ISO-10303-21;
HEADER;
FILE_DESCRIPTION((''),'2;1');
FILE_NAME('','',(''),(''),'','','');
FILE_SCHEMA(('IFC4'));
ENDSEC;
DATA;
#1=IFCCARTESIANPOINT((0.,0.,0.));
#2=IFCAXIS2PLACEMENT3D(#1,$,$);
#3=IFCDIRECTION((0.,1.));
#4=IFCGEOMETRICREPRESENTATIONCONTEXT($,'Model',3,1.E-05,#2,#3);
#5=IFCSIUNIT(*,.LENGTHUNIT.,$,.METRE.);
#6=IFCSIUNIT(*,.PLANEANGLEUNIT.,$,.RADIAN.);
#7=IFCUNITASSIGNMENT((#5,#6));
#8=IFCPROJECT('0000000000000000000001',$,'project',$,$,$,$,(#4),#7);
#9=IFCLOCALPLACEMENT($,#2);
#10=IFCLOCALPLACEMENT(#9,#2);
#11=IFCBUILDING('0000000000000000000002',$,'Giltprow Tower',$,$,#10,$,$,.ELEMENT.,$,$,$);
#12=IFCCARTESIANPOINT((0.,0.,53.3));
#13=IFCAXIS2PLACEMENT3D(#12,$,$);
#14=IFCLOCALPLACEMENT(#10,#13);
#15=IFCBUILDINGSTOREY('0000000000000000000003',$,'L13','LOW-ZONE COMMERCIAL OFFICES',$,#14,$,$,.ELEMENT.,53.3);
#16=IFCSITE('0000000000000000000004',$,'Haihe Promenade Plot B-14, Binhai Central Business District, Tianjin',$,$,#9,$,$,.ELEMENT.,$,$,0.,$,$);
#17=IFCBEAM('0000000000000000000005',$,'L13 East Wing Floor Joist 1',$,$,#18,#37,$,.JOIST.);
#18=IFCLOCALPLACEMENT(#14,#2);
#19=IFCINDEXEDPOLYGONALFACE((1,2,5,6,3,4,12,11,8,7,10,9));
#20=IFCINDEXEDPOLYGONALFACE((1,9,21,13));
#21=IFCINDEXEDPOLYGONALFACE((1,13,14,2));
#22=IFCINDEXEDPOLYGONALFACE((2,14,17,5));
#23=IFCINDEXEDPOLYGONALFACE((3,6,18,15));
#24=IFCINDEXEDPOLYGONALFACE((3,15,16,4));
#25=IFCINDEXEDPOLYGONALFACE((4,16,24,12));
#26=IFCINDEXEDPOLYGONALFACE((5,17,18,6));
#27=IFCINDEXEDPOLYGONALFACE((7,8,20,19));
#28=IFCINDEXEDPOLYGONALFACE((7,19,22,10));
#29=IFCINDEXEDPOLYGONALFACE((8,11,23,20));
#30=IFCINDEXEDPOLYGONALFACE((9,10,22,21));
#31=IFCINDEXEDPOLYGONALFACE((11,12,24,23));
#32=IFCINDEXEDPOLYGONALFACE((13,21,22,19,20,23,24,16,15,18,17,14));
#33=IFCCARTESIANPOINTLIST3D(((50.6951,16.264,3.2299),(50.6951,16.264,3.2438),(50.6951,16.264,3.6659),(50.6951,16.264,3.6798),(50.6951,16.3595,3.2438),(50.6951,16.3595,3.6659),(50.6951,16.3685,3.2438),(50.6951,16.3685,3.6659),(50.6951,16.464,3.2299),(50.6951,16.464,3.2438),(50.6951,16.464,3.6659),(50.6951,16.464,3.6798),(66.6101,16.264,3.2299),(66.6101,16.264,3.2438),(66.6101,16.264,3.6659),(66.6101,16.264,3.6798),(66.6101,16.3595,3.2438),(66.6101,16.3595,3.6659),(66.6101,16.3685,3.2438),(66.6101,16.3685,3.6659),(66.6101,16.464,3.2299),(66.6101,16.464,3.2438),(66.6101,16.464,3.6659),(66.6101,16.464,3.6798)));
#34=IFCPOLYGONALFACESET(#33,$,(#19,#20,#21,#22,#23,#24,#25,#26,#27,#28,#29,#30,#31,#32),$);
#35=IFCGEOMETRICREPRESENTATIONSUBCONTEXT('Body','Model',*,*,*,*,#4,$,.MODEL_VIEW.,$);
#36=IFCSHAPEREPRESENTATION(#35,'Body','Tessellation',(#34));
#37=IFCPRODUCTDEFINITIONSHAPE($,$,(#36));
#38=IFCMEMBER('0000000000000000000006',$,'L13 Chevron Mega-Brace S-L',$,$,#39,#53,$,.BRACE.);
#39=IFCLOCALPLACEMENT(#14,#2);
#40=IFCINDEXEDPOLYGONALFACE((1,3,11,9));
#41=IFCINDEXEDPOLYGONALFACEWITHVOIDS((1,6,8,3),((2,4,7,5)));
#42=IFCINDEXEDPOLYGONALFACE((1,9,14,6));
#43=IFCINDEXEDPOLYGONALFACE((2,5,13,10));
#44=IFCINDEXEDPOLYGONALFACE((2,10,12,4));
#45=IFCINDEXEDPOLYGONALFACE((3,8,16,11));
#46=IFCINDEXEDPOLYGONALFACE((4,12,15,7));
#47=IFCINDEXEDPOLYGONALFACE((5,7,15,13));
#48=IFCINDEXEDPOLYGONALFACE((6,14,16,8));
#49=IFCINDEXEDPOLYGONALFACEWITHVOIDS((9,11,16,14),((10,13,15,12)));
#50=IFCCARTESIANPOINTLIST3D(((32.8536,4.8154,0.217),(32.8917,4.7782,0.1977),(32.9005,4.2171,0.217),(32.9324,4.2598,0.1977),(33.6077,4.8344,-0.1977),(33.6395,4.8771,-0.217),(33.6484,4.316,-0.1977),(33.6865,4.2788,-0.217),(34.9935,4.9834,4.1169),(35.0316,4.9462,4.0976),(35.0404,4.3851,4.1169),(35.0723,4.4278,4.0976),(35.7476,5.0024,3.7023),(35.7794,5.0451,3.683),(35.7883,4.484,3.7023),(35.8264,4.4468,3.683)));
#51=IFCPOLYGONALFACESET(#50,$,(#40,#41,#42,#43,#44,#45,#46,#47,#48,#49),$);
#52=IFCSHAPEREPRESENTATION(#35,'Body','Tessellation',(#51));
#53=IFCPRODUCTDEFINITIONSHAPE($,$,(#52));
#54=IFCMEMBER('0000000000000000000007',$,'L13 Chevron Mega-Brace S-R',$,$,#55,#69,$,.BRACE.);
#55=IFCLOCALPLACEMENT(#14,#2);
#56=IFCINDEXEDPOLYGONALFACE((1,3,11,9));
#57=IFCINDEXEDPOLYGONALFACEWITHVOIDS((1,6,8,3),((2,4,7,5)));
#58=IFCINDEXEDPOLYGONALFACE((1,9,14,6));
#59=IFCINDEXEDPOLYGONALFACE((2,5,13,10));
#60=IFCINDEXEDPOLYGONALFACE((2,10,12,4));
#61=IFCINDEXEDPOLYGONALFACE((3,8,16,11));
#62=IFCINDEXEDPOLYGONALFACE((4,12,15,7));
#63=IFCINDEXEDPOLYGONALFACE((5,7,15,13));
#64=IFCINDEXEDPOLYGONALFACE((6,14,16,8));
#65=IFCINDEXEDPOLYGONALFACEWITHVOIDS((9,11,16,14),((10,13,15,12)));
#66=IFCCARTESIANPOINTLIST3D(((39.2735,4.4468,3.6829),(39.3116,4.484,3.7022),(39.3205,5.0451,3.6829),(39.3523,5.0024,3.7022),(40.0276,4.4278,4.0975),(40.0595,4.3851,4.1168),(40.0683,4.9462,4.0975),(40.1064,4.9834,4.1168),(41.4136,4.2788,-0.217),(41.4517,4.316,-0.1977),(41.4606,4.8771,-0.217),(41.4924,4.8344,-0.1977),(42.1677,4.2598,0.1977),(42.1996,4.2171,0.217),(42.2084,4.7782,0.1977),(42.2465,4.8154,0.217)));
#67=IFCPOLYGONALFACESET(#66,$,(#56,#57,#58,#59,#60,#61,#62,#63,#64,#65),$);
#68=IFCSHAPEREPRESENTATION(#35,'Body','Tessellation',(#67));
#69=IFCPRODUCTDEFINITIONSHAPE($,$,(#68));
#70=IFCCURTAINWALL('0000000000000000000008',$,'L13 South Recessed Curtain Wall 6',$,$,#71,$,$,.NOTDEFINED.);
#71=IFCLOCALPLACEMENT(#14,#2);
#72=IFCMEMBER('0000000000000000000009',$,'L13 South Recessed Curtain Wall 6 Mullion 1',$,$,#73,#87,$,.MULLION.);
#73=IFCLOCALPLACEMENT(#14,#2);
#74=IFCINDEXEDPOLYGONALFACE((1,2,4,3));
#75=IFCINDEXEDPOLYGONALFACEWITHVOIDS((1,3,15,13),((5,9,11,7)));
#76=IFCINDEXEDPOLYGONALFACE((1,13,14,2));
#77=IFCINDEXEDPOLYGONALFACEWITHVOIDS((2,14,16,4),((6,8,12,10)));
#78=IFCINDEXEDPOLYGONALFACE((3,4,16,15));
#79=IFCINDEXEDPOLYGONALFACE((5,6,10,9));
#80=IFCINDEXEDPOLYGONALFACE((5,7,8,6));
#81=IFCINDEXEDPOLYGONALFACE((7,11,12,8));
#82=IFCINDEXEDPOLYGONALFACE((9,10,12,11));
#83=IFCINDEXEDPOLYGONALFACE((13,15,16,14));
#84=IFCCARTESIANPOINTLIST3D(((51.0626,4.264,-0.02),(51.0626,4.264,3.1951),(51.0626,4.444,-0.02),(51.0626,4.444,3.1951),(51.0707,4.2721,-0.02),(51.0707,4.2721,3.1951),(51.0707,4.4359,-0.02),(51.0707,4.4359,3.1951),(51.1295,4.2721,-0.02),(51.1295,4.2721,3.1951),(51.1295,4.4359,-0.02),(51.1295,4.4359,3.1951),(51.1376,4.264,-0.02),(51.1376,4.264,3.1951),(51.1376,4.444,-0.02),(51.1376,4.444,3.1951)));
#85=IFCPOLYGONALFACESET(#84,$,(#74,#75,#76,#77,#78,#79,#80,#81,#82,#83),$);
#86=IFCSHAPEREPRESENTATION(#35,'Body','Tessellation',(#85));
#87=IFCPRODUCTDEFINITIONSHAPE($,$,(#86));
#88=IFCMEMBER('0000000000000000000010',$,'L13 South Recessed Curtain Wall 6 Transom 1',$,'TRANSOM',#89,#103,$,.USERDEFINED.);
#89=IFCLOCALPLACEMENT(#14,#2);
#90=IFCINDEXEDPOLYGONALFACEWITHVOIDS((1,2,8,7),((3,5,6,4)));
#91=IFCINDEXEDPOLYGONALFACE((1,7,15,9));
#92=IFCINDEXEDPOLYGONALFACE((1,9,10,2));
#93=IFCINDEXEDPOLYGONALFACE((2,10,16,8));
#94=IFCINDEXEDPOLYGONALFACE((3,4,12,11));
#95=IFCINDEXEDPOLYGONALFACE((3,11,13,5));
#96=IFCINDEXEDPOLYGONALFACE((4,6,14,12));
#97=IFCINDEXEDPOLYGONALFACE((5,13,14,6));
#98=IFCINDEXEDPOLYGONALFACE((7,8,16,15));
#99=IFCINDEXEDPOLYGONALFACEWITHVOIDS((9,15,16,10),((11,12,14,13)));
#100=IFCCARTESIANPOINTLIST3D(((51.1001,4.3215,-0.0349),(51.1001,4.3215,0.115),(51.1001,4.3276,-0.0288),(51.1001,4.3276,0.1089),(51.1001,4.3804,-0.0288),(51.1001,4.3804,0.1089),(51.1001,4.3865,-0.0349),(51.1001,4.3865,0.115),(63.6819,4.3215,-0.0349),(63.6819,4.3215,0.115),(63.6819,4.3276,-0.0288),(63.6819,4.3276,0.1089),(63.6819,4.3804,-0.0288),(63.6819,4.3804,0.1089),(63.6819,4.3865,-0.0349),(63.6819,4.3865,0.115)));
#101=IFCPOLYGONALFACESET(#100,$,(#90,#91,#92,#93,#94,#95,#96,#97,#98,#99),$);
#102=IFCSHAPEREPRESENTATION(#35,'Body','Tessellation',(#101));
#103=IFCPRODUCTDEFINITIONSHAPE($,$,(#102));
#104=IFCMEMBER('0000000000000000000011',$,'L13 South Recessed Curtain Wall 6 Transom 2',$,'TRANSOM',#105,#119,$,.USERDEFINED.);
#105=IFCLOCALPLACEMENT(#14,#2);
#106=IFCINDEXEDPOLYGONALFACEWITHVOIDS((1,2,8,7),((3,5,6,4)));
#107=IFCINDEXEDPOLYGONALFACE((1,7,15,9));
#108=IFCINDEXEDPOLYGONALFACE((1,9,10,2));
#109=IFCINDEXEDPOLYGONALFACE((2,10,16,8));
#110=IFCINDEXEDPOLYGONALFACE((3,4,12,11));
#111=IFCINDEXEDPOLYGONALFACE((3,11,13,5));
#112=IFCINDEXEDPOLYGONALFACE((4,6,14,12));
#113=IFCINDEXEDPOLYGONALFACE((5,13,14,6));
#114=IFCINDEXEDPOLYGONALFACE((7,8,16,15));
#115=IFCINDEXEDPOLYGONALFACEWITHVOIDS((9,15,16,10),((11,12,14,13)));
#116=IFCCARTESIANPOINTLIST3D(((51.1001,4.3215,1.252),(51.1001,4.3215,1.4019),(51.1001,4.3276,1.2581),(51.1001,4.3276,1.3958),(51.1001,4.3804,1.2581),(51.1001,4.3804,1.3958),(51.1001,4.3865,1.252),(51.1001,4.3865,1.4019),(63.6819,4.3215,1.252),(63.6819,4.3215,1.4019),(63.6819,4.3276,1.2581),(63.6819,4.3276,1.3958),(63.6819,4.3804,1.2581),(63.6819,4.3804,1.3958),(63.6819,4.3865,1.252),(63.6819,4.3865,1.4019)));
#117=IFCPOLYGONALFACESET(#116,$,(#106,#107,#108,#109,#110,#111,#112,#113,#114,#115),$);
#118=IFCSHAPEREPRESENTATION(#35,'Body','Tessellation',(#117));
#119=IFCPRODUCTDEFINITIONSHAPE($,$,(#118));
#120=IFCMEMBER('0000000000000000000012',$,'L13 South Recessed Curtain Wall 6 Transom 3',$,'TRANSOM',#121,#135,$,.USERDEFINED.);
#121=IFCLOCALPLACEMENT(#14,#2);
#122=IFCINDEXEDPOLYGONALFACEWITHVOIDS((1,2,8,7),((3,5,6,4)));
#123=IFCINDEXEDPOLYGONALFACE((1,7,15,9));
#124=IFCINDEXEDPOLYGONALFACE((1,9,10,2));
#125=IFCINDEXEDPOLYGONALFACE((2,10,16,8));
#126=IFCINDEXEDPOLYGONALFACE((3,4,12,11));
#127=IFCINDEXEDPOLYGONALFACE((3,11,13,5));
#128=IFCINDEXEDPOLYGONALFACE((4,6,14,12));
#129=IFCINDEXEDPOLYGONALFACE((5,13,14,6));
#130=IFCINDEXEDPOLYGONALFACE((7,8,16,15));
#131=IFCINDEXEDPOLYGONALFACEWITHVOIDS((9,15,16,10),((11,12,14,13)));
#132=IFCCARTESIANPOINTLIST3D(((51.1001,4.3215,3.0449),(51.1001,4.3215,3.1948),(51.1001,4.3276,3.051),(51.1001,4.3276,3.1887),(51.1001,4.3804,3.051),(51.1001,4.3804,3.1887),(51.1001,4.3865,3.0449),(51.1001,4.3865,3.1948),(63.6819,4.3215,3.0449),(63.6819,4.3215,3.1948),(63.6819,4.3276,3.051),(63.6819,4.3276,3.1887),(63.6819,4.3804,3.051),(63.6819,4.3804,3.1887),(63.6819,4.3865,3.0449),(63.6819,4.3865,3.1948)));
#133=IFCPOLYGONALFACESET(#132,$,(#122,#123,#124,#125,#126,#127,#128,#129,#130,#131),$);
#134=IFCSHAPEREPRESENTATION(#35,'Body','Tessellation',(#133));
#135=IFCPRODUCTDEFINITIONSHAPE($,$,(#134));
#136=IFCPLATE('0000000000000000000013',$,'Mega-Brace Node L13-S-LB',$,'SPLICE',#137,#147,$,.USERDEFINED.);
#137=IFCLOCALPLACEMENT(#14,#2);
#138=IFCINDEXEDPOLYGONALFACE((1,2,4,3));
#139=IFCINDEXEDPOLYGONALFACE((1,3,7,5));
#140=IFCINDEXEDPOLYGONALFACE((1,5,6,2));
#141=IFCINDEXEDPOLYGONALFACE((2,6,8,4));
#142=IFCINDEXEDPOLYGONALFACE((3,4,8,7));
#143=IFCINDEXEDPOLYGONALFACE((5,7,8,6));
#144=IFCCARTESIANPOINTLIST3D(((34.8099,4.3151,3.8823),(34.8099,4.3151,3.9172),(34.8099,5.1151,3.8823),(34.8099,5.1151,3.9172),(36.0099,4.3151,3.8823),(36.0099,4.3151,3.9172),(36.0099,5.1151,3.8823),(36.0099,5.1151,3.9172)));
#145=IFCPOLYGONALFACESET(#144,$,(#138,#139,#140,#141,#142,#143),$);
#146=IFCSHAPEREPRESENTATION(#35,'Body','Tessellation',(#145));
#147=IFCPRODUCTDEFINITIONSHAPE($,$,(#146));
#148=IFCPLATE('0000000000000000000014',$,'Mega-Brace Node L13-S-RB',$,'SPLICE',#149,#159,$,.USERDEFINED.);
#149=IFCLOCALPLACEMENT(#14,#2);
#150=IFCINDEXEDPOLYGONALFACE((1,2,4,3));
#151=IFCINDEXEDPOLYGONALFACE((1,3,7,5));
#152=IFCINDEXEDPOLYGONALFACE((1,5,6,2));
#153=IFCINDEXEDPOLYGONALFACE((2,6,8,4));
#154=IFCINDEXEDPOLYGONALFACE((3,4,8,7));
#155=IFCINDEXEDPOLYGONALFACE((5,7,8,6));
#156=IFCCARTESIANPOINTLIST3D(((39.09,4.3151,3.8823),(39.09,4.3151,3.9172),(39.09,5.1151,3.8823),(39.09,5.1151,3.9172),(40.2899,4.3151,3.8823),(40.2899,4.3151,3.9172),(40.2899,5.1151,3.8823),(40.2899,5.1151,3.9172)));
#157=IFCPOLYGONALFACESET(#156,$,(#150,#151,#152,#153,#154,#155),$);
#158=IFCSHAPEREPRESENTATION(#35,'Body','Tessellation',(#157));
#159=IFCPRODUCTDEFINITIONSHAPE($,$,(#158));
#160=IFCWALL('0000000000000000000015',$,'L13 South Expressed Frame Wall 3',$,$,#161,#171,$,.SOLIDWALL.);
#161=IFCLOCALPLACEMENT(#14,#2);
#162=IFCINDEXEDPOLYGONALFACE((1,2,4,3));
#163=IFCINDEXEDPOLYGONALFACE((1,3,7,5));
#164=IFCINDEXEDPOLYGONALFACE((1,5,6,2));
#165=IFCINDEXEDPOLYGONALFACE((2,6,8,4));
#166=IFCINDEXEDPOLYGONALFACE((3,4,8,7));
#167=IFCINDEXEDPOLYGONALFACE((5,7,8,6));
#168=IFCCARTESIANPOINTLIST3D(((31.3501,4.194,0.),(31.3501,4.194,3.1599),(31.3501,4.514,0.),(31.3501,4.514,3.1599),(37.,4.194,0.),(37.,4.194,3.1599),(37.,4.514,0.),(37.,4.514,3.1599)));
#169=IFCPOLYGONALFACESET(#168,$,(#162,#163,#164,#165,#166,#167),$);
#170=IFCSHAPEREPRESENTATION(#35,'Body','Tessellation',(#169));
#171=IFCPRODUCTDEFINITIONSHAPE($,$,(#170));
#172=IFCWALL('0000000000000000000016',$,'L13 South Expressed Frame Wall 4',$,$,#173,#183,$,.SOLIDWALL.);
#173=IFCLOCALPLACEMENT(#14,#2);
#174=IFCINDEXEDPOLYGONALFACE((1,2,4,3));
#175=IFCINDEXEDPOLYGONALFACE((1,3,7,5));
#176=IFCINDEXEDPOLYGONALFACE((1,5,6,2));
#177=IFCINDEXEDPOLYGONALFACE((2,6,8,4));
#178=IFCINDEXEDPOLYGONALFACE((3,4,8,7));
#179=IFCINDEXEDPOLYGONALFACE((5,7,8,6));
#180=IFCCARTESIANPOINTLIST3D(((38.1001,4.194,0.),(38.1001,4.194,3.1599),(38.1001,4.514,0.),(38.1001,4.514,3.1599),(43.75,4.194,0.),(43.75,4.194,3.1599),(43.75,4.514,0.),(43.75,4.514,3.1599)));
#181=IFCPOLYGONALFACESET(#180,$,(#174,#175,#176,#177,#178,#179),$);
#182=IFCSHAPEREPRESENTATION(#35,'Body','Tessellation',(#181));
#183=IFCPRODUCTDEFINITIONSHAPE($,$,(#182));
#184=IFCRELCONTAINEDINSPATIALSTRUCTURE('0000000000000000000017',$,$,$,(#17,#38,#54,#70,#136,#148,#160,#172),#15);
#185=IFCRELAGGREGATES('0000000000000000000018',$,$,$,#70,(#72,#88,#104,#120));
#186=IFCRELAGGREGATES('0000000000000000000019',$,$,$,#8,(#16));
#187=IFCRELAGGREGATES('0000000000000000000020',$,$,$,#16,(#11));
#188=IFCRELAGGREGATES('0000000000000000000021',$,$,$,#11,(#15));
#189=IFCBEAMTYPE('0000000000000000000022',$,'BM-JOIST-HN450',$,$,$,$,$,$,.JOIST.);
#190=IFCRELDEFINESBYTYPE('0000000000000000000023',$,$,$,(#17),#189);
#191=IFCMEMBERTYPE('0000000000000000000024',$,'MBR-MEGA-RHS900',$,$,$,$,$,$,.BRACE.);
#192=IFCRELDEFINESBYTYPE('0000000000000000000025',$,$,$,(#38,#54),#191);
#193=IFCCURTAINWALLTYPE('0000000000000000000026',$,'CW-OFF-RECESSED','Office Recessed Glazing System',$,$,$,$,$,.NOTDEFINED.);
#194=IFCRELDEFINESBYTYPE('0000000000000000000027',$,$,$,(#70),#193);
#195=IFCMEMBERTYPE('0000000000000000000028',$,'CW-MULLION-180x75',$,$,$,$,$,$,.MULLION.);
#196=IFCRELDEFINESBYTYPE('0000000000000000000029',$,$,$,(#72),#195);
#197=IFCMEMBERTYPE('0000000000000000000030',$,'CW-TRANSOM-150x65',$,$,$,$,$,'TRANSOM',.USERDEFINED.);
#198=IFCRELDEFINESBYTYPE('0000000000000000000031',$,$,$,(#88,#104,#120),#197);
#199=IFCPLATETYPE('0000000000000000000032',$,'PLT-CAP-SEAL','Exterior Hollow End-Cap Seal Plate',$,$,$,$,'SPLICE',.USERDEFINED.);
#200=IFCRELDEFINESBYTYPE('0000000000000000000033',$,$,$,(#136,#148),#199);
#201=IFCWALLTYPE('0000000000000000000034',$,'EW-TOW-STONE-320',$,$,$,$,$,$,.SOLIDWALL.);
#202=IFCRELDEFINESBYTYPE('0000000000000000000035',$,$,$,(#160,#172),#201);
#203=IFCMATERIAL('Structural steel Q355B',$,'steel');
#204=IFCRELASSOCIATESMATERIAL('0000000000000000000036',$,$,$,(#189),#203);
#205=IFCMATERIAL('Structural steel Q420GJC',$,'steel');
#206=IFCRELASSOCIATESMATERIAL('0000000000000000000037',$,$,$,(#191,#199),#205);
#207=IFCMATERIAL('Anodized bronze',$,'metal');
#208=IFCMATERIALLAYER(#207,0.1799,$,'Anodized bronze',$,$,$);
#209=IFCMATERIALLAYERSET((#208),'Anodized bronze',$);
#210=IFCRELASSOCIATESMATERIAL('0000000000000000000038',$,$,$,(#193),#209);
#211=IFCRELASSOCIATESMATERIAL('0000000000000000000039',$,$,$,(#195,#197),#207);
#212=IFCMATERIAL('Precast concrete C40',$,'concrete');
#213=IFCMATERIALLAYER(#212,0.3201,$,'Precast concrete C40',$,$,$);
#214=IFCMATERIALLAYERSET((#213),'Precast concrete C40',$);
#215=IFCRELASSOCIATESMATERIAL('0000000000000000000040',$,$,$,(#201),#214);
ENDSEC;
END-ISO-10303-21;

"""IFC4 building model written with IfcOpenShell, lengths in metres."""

from ifc_helpers import new_model, si_unit, direction, frame, frame_2d, origin, origin_2d, place, context, subcontext, project, spatial, rectangle, hollow_rectangle, i_section, extrude, source, transform, mapped, material, layer, layer_set, material_profile, profile_set, type_object, element, aggregate, save


model = new_model("IFC4")

# Units and contexts
model_context = context("Model", 3, precision=1e-05, world=origin(), true_north=direction((0.0, 1.0)))
body_context = subcontext(model_context, "Body", "Model", "MODEL_VIEW")
ifc_project = project(units=[si_unit("LENGTHUNIT", "METRE"), si_unit("PLANEANGLEUNIT", "RADIAN")], contexts=[model_context])

# Site, building, storey
site_placement = place(None, origin())
site = spatial("IfcSite", under=ifc_project, at=site_placement, Name="Haihe Promenade Plot B-14, Binhai Central Business District, Tianjin", CompositionType="ELEMENT", RefElevation=0.0)
building_placement = place(site_placement, origin())
building = spatial("IfcBuilding", under=site, at=building_placement, Name="Giltprow Tower", CompositionType="ELEMENT")
storey_placement = place(building_placement, frame((0.0, 0.0, 53.3)))
storey = spatial("IfcBuildingStorey", under=building, at=storey_placement, Name="L13", Description="LOW-ZONE COMMERCIAL OFFICES", CompositionType="ELEMENT", Elevation=53.3)

# Shared definitions
ifc_material_1 = material(Name="Structural steel Q420GJC", Category="steel")

# Beam
ifc_material_2 = material(Name="Structural steel Q355B", Category="steel")
ifc_material_profile_1 = material_profile(ifc_material_2, i_section(OverallWidth=0.2, OverallDepth=0.45, WebThickness=0.009, FlangeThickness=0.0139, at=origin_2d()), Name="HN 450x200x9x14")
ifc_profile_set_1 = profile_set([ifc_material_profile_1], Name="Structural steel Q355B")
beam_type_1 = type_object("IfcBeamType", Name="BM-JOIST-HN450", PredefinedType="JOIST", material=ifc_profile_set_1)
shared_shape_1 = source(origin(), body_context, "Body", "SweptSolid", [
    extrude(i_section(OverallWidth=0.2, OverallDepth=0.45, WebThickness=0.009, FlangeThickness=0.0139, at=origin_2d()), origin(), (0.0, 0.0, 1.0), 15.915),
])
beam_1_placement = place(storey_placement, frame((50.6951, 16.364, 3.4548), z_axis=(1.0, 0.0, 0.0), x_axis=(0.0, 1.0, 0.0)))
element("IfcBeam", 1, at=beam_1_placement, inside=storey, type_object=beam_type_1, Name="L13 East Wing Floor Joist 1", PredefinedType="JOIST", context=body_context, shape_type="MappedRepresentation", body=[
    mapped(shared_shape_1, transform((0.0, 0.0, 0.0), x_axis=(1.0, 0.0, 0.0), y_axis=(0.0, 1.0, 0.0), z_axis=(0.0, 0.0, 1.0), scale=1.0)),
])

# Members
ifc_material_profile_2 = material_profile(ifc_material_1, hollow_rectangle(XDim=0.6001, YDim=0.8999, WallThickness=0.04, at=origin_2d()), Name="RHS 900x600x40")
ifc_profile_set_2 = profile_set([ifc_material_profile_2], Name="Structural steel Q420GJC")
member_type_1 = type_object("IfcMemberType", Name="MBR-MEGA-RHS900", PredefinedType="BRACE", material=ifc_profile_set_2)
shared_shape_2 = source(origin(), body_context, "Body", "SweptSolid", [
    extrude(hollow_rectangle(XDim=0.6001, YDim=0.8999, WallThickness=0.04, at=origin_2d()), origin(), (0.0, 0.0, 1.0), 4.4517),
])
for number, where, z_axis, x_axis, name in (
    (2, (33.27, 4.5471, 0.0), (0.480704, 0.037732, 0.876071), (-0.078253, 0.996934, 0.0), "L13 Chevron Mega-Brace S-L"),
    (3, (41.8301, 4.5471, 0.0), (-0.480746, 0.037731, 0.876048), (-0.078244, -0.996934, 0.0), "L13 Chevron Mega-Brace S-R"),
):
    element("IfcMember", number, at=place(storey_placement, frame(where, z_axis=z_axis, x_axis=x_axis)), inside=storey, type_object=member_type_1, Name=name, PredefinedType="BRACE", context=body_context, shape_type="MappedRepresentation", body=[
        mapped(shared_shape_2, transform((0.0, 0.0, 0.0), x_axis=(1.0, 0.0, 0.0), y_axis=(0.0, 1.0, 0.0), z_axis=(0.0, 0.0, 1.0), scale=1.0)),
    ])

# Curtain wall, members
ifc_material_3 = material(Name="Anodized bronze", Category="metal")
ifc_layer_1 = layer(ifc_material_3, 0.1799, Name="Anodized bronze")
ifc_layer_set_1 = layer_set([ifc_layer_1], Name="Anodized bronze")
curtain_wall_type = type_object("IfcCurtainWallType", Name="CW-OFF-RECESSED", Description="Office Recessed Glazing System", PredefinedType="NOTDEFINED", material=ifc_layer_set_1)
curtain_wall_placement = place(storey_placement, origin())
curtain_wall = element("IfcCurtainWall", 4, at=curtain_wall_placement, inside=storey, type_object=curtain_wall_type, Name="L13 South Recessed Curtain Wall 6", PredefinedType="NOTDEFINED")
ifc_material_profile_3 = material_profile(ifc_material_3, hollow_rectangle(XDim=0.075, YDim=0.1799, WallThickness=0.0081, at=origin_2d()), Name="RHS 180x75x8")
ifc_profile_set_3 = profile_set([ifc_material_profile_3], Name="Anodized bronze")
member_type_2 = type_object("IfcMemberType", Name="CW-MULLION-180x75", PredefinedType="MULLION", material=ifc_profile_set_3)
shared_shape_3 = source(origin(), body_context, "Body", "SweptSolid", [
    extrude(hollow_rectangle(XDim=0.075, YDim=0.1799, WallThickness=0.0081, at=origin_2d()), origin(), (0.0, 0.0, 1.0), 3.2151),
])
member_1_placement = place(storey_placement, frame((51.1001, 4.354, -0.02), z_axis=(0.0, 0.0, 1.0), x_axis=(1.0, 0.0, 0.0)))
member_1 = element("IfcMember", 5, at=member_1_placement, type_object=member_type_2, Name="L13 South Recessed Curtain Wall 6 Mullion 1", PredefinedType="MULLION", context=body_context, shape_type="MappedRepresentation", body=[
    mapped(shared_shape_3, transform((0.0, 0.0, 0.0), x_axis=(1.0, 0.0, 0.0), y_axis=(0.0, 1.0, 0.0), z_axis=(0.0, 0.0, 1.0), scale=1.0)),
])
ifc_material_profile_4 = material_profile(ifc_material_3, hollow_rectangle(XDim=0.0649, YDim=0.1499, WallThickness=0.0061, at=origin_2d()), Name="RHS 150x65x6")
ifc_profile_set_4 = profile_set([ifc_material_profile_4], Name="Anodized bronze")
member_type_3 = type_object("IfcMemberType", Name="CW-TRANSOM-150x65", ElementType="TRANSOM", PredefinedType="USERDEFINED", material=ifc_profile_set_4)
shared_shape_4 = source(origin(), body_context, "Body", "SweptSolid", [
    extrude(hollow_rectangle(XDim=0.0649, YDim=0.1499, WallThickness=0.0061, at=origin_2d()), origin(), (0.0, 0.0, 1.0), 12.5818),
])
member_2_placement = place(storey_placement, frame((51.1001, 4.354, 0.04), z_axis=(1.0, 0.0, 0.0), x_axis=(0.0, 1.0, 0.0)))
member_2 = element("IfcMember", 6, at=member_2_placement, type_object=member_type_3, Name="L13 South Recessed Curtain Wall 6 Transom 1", ObjectType="TRANSOM", PredefinedType="USERDEFINED", context=body_context, shape_type="MappedRepresentation", body=[
    mapped(shared_shape_4, transform((0.0, 0.0, 0.0), x_axis=(1.0, 0.0, 0.0), y_axis=(0.0, 1.0, 0.0), z_axis=(0.0, 0.0, 1.0), scale=1.0)),
])
member_3_placement = place(storey_placement, frame((51.1001, 4.354, 1.3269), z_axis=(1.0, 0.0, 0.0), x_axis=(0.0, 1.0, 0.0)))
member_3 = element("IfcMember", 7, at=member_3_placement, type_object=member_type_3, Name="L13 South Recessed Curtain Wall 6 Transom 2", ObjectType="TRANSOM", PredefinedType="USERDEFINED", context=body_context, shape_type="MappedRepresentation", body=[
    mapped(shared_shape_4, transform((0.0, 0.0, 0.0), x_axis=(1.0, 0.0, 0.0), y_axis=(0.0, 1.0, 0.0), z_axis=(0.0, 0.0, 1.0), scale=1.0)),
])
member_4_placement = place(storey_placement, frame((51.1001, 4.354, 3.1199), z_axis=(1.0, 0.0, 0.0), x_axis=(0.0, 1.0, 0.0)))
member_4 = element("IfcMember", 8, at=member_4_placement, type_object=member_type_3, Name="L13 South Recessed Curtain Wall 6 Transom 3", ObjectType="TRANSOM", PredefinedType="USERDEFINED", context=body_context, shape_type="MappedRepresentation", body=[
    mapped(shared_shape_4, transform((0.0, 0.0, 0.0), x_axis=(1.0, 0.0, 0.0), y_axis=(0.0, 1.0, 0.0), z_axis=(0.0, 0.0, 1.0), scale=1.0)),
])
aggregate(curtain_wall, [member_1, member_2, member_3, member_4])

# Plates
plate_type = type_object("IfcPlateType", Name="PLT-CAP-SEAL", Description="Exterior Hollow End-Cap Seal Plate", ElementType="SPLICE", PredefinedType="USERDEFINED", material=ifc_material_1)
shared_shape_5 = source(origin(), body_context, "Body", "SweptSolid", [
    extrude(rectangle(XDim=1.2, YDim=0.8, at=origin_2d()), origin(), (0.0, 0.0, 1.0), 0.0349),
])
for number, where, z_axis, x_axis, name in (
    (9, (35.4099, 4.7151, 3.8823), (0.0, 0.0, 1.0), (1.0, 0.0, 0.0), "Mega-Brace Node L13-S-LB"),
    (10, (39.6899, 4.7151, 3.8823), (0.0, 0.0, 1.0), (1.0, 0.0, 0.0), "Mega-Brace Node L13-S-RB"),
):
    element("IfcPlate", number, at=place(storey_placement, frame(where, z_axis=z_axis, x_axis=x_axis)), inside=storey, type_object=plate_type, Name=name, ObjectType="SPLICE", PredefinedType="USERDEFINED", context=body_context, shape_type="MappedRepresentation", body=[
        mapped(shared_shape_5, transform((0.0, 0.0, 0.0), x_axis=(1.0, 0.0, 0.0), y_axis=(0.0, 1.0, 0.0), z_axis=(0.0, 0.0, 1.0), scale=1.0)),
    ])

# Walls
ifc_material_4 = material(Name="Precast concrete C40", Category="concrete")
ifc_layer_2 = layer(ifc_material_4, 0.3201, Name="Precast concrete C40")
ifc_layer_set_2 = layer_set([ifc_layer_2], Name="Precast concrete C40")
wall_type_1 = type_object("IfcWallType", Name="EW-TOW-STONE-320", PredefinedType="SOLIDWALL", material=ifc_layer_set_2)
for number, where, z_axis, x_axis, name in (
    (11, (31.3501, 4.354, 0.0), (0.0, 0.0, 1.0), (1.0, 0.0, 0.0), "L13 South Expressed Frame Wall 3"),
    (12, (38.1001, 4.354, 0.0), (0.0, 0.0, 1.0), (1.0, 0.0, 0.0), "L13 South Expressed Frame Wall 4"),
):
    element("IfcWall", number, at=place(storey_placement, frame(where, z_axis=z_axis, x_axis=x_axis)), inside=storey, type_object=wall_type_1, Name=name, PredefinedType="SOLIDWALL", context=body_context, shape_type="SweptSolid", body=[
        extrude(rectangle(XDim=5.6499, YDim=0.3201, at=frame_2d((2.825, 0.0))), origin(), (0.0, 0.0, 1.0), 3.1599),
    ])

save(model, "model.ifc")
